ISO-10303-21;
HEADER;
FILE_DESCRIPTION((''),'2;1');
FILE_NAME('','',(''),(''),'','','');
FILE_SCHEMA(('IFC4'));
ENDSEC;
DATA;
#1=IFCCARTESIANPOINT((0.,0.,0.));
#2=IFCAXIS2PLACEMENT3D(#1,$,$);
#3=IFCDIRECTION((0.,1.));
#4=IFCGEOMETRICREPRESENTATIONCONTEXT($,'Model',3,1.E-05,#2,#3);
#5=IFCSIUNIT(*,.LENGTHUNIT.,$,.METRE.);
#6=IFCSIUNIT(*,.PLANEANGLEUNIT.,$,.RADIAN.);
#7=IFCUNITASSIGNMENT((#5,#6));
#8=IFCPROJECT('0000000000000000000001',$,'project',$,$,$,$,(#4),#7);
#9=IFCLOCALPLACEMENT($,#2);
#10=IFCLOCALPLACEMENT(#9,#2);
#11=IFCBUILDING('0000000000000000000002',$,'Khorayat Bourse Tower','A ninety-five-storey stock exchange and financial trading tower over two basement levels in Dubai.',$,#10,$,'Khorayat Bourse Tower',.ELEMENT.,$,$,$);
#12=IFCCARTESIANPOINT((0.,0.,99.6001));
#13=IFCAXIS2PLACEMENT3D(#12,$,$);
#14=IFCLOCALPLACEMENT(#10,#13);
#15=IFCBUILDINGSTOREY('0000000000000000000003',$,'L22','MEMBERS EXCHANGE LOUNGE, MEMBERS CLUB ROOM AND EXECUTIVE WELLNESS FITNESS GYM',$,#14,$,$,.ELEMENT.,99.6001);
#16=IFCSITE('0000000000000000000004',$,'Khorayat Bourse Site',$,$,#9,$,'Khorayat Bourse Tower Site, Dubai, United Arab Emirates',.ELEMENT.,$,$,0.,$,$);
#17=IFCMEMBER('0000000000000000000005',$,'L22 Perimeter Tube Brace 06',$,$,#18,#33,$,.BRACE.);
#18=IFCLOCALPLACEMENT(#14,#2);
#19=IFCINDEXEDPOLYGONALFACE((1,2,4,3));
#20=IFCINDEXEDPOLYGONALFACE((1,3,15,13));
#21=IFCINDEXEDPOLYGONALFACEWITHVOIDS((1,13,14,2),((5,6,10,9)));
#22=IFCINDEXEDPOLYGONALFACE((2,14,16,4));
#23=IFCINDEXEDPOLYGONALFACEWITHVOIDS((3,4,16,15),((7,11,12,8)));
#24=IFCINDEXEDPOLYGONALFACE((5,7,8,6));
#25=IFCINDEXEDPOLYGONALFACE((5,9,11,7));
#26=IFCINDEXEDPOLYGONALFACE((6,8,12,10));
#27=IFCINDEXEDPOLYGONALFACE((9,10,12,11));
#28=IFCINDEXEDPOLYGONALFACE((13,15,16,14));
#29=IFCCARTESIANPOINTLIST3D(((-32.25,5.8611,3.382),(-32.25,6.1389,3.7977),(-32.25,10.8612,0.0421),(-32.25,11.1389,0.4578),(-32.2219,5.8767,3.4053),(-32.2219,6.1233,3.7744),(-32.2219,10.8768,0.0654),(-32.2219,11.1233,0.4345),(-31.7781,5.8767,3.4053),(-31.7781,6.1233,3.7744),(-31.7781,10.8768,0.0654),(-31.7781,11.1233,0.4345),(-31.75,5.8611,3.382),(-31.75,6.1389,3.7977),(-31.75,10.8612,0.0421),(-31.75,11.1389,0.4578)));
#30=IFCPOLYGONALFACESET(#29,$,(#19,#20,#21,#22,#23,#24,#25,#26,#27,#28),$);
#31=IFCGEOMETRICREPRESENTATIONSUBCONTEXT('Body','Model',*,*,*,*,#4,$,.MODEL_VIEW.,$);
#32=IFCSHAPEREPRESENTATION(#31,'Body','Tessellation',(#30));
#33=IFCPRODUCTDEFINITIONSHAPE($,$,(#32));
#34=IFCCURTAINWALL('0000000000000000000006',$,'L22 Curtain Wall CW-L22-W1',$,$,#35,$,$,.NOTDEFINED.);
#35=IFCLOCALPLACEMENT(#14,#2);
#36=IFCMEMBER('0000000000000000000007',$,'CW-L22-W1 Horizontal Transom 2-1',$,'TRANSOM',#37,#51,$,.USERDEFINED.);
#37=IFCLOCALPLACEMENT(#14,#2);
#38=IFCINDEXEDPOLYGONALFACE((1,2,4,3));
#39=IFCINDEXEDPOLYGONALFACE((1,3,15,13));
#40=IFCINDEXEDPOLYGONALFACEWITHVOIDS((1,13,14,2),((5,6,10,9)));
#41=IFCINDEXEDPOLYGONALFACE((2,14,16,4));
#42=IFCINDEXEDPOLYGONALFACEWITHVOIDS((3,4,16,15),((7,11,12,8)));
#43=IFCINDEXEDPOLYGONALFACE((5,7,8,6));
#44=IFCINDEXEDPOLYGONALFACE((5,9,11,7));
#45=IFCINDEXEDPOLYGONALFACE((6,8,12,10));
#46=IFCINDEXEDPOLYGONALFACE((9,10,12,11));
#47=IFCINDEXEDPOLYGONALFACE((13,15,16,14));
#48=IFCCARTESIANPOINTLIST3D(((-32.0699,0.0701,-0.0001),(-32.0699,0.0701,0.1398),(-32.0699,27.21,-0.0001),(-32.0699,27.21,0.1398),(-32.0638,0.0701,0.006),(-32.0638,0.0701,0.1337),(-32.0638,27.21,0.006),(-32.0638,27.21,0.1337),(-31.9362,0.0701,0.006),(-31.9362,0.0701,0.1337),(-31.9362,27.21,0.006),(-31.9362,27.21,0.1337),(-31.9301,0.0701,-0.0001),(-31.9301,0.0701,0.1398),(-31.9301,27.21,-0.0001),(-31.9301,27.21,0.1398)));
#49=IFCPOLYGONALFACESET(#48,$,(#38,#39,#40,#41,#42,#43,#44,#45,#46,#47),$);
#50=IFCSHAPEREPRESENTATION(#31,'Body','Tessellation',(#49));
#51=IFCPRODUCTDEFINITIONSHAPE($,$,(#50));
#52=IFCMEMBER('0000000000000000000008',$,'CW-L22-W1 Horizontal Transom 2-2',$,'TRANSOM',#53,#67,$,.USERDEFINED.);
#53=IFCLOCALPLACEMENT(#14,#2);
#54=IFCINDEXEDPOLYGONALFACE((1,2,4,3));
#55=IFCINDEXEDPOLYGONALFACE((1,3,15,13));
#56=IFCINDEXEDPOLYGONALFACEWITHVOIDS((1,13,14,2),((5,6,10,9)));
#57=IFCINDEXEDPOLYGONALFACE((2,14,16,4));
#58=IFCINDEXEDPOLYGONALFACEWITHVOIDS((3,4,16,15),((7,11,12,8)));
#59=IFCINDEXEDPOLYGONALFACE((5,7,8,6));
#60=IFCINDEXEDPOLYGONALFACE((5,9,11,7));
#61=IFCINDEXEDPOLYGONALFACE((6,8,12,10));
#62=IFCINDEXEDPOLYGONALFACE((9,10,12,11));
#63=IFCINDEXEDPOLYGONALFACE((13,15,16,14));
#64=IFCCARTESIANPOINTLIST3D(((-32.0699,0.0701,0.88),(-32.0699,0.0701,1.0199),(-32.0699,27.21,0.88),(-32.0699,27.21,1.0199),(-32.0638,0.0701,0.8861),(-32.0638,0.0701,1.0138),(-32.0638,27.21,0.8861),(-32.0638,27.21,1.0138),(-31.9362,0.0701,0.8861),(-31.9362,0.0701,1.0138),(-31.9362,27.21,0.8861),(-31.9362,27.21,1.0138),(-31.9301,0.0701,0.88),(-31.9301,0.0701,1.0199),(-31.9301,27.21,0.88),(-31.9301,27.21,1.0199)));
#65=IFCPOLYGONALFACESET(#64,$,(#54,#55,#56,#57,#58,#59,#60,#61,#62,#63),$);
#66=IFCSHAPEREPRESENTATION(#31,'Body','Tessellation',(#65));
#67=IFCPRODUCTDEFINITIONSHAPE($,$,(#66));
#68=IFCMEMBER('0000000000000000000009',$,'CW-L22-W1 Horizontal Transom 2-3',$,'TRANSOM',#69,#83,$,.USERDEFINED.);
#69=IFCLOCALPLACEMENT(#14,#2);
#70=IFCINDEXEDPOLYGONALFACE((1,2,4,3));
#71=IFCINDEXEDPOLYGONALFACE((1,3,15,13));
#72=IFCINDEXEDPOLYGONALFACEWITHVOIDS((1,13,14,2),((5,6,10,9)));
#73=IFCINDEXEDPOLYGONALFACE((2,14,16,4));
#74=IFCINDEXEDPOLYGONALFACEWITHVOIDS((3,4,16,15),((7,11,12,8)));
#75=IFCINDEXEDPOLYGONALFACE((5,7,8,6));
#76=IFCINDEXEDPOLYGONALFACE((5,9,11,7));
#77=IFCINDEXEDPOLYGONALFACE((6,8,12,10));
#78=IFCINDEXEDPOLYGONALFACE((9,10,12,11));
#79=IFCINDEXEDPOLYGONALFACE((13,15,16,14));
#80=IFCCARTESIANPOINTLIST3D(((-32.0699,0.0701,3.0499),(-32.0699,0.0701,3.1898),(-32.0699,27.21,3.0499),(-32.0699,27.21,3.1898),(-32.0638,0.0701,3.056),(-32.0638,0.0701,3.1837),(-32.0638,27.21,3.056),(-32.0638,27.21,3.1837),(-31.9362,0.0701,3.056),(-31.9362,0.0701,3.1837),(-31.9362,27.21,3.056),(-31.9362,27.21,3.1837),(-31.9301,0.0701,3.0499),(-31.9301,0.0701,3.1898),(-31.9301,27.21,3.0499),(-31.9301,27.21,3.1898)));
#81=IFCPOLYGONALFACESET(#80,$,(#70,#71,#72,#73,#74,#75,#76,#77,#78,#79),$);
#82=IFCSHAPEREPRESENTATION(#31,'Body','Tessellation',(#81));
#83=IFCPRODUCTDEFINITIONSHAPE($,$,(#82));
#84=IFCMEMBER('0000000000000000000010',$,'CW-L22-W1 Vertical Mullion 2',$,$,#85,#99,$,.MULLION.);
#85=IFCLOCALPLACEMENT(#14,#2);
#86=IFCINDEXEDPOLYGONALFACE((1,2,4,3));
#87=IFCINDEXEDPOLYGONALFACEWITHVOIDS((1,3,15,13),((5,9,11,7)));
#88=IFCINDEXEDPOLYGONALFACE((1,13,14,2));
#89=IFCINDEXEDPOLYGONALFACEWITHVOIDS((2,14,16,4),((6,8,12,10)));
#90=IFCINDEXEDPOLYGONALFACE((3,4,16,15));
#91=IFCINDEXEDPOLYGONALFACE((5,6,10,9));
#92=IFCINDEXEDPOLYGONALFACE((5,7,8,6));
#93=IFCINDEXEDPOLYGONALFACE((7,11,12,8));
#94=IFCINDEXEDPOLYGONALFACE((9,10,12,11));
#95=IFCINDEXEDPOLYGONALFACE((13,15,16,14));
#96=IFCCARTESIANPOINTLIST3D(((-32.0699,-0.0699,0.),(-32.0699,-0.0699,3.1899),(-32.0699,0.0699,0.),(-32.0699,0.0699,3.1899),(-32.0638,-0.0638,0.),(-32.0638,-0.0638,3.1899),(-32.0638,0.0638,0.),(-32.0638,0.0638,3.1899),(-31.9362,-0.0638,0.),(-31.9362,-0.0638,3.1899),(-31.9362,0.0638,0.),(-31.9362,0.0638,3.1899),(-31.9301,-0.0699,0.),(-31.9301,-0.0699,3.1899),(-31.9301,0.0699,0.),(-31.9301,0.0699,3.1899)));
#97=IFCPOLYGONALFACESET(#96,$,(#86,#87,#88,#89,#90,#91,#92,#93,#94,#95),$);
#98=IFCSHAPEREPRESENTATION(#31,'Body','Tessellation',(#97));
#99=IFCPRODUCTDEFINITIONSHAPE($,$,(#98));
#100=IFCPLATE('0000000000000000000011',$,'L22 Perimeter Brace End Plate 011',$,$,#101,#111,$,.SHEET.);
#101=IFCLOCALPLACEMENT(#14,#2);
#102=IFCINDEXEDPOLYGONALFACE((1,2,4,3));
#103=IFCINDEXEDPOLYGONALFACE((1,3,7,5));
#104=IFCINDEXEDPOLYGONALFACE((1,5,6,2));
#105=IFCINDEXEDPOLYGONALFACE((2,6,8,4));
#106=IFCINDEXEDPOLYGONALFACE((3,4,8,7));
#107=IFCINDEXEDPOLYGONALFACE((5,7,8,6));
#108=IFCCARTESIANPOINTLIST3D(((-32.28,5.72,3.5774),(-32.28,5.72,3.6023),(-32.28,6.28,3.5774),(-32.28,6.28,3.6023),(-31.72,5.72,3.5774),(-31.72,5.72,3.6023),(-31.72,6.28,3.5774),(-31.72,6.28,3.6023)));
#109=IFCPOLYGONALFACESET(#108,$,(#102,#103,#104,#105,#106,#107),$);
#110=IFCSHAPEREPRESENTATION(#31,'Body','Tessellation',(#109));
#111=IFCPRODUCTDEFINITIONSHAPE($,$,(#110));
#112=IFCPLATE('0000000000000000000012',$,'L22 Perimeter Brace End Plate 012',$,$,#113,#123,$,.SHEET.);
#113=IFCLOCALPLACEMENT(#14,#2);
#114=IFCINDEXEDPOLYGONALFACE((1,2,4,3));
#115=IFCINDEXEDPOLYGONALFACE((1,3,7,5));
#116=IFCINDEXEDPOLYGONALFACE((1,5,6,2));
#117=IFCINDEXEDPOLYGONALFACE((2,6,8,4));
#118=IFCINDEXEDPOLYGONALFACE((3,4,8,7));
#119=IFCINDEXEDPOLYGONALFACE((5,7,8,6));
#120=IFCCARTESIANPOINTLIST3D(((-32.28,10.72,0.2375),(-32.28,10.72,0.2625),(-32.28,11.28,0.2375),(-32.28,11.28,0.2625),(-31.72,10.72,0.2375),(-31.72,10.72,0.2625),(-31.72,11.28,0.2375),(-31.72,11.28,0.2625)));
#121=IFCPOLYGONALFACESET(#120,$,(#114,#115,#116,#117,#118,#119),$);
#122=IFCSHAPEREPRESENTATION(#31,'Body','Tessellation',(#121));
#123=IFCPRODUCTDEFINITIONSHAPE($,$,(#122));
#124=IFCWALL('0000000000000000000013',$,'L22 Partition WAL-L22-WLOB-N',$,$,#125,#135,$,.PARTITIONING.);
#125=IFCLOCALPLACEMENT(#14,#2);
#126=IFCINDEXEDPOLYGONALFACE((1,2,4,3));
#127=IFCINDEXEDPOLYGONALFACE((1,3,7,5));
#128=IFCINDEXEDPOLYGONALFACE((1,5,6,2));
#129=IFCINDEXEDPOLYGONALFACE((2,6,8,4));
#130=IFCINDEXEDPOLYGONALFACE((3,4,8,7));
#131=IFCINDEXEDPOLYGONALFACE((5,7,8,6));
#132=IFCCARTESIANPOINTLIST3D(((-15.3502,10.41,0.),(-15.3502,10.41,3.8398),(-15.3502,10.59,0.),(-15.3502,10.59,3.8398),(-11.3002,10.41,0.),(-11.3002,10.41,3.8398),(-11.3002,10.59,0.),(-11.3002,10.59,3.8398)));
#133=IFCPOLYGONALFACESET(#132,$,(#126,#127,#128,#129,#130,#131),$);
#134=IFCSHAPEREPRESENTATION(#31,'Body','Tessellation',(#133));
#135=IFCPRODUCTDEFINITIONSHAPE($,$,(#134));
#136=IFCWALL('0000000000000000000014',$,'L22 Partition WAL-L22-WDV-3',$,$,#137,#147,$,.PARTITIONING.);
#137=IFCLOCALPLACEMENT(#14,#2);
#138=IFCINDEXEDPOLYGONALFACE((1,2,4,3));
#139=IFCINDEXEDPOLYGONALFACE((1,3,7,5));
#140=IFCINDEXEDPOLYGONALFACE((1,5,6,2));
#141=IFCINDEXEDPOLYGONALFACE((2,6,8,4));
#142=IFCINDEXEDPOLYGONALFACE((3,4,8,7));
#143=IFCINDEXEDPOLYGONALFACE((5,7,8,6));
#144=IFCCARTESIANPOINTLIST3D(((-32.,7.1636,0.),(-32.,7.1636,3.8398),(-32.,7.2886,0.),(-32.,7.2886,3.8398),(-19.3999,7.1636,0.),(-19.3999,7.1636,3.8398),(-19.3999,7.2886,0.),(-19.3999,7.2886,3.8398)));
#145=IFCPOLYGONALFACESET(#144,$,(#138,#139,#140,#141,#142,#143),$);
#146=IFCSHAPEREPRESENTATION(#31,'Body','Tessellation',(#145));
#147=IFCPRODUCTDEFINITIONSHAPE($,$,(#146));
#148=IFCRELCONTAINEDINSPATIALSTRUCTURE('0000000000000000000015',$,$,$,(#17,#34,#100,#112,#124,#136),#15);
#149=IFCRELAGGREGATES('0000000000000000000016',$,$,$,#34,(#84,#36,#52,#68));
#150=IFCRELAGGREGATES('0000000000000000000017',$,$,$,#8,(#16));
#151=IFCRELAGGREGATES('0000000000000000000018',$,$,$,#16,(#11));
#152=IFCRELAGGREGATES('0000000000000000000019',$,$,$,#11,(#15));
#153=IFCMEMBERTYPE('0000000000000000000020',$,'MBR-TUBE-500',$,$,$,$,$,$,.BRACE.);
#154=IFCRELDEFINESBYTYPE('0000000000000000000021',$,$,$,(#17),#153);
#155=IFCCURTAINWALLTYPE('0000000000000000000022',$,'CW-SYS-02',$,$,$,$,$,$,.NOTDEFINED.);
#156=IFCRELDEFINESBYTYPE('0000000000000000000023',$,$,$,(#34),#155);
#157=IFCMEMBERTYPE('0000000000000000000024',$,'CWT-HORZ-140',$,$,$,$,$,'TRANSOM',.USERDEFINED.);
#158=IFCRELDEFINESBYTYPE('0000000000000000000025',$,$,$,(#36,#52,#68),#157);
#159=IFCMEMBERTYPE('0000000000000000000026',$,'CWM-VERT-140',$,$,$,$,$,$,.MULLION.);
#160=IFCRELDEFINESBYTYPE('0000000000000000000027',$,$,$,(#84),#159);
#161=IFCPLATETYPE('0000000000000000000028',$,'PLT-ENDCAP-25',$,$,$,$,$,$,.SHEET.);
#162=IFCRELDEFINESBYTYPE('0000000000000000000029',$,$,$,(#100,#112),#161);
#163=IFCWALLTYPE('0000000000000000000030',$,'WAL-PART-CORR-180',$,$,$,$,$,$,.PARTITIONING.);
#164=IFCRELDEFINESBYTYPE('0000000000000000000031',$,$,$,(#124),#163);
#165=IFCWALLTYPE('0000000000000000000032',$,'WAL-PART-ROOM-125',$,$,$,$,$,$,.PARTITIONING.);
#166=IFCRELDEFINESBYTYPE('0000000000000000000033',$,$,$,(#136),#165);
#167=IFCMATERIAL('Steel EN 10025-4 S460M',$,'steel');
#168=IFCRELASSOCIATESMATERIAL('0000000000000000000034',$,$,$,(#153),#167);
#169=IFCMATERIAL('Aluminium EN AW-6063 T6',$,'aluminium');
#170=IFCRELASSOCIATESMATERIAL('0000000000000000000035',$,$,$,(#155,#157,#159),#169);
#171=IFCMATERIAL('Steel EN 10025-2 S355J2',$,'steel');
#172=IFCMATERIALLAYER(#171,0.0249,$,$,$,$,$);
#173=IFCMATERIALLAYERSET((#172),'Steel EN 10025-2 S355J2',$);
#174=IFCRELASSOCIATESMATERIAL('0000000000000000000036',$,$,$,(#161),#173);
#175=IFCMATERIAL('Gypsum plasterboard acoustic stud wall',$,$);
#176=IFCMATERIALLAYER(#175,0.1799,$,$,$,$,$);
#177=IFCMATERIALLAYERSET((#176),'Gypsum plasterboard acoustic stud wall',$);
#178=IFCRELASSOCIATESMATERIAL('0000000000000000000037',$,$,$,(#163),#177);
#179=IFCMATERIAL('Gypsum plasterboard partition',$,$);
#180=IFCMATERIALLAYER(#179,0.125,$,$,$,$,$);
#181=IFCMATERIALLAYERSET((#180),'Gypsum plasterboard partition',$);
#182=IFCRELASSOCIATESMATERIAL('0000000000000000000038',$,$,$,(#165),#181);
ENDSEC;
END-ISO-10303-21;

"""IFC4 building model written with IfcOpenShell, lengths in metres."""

from ifc_helpers import new_model, si_unit, direction, frame, frame_2d, origin, origin_2d, place, context, subcontext, project, spatial, rectangle, hollow_rectangle, extrude, source, transform, mapped, material, layer, layer_set, material_profile, profile_set, type_object, element, aggregate, save


model = new_model("IFC4")

# Units and contexts
model_context = context("Model", 3, precision=1e-05, world=origin(), true_north=direction((0.0, 1.0)))
body_context = subcontext(model_context, "Body", "Model", "MODEL_VIEW")
ifc_project = project(units=[si_unit("LENGTHUNIT", "METRE"), si_unit("PLANEANGLEUNIT", "RADIAN")], contexts=[model_context])

# Site, building, storey
site_placement = place(None, origin())
site = spatial("IfcSite", under=ifc_project, at=site_placement, Name="Khorayat Bourse Site", LongName="Khorayat Bourse Tower Site, Dubai, United Arab Emirates", CompositionType="ELEMENT", RefElevation=0.0)
building_placement = place(site_placement, origin())
building = spatial("IfcBuilding", under=site, at=building_placement, Name="Khorayat Bourse Tower", Description="A ninety-five-storey stock exchange and financial trading tower over two basement levels in Dubai.", LongName="Khorayat Bourse Tower", CompositionType="ELEMENT")
storey_placement = place(building_placement, frame((0.0, 0.0, 99.6001)))
storey = spatial("IfcBuildingStorey", under=building, at=storey_placement, Name="L22", Description="MEMBERS EXCHANGE LOUNGE, MEMBERS CLUB ROOM AND EXECUTIVE WELLNESS FITNESS GYM", CompositionType="ELEMENT", Elevation=99.6001)

# Shared definitions
ifc_material_1 = material(Name="Steel EN 10025-4 S460M", Category="steel")

# Member
ifc_material_profile_1 = material_profile(ifc_material_1, hollow_rectangle(XDim=0.5, YDim=0.5, WallThickness=0.0281, at=origin_2d()), Name="HSS 500x500x28")
ifc_profile_set_1 = profile_set([ifc_material_profile_1], Name="Steel EN 10025-4 S460M")
member_type_1 = type_object("IfcMemberType", Name="MBR-TUBE-500", PredefinedType="BRACE", material=ifc_profile_set_1)
shared_shape_1 = source(origin(), body_context, "Body", "SweptSolid", [
    extrude(hollow_rectangle(XDim=0.5, YDim=0.5, WallThickness=0.0281, at=origin_2d()), origin(), (0.0, 0.0, 1.0), 6.0129),
])
member_1_placement = place(storey_placement, frame((-32.0, 6.0, 3.5898), z_axis=(0.0, 0.83155, -0.55545), x_axis=(-1.0, 0.0, 0.0)))
element("IfcMember", 1, at=member_1_placement, inside=storey, type_object=member_type_1, Name="L22 Perimeter Tube Brace 06", PredefinedType="BRACE", context=body_context, shape_type="MappedRepresentation", body=[
    mapped(shared_shape_1, transform((0.0, 0.0, 0.0), scale=1.0)),
])

# Curtain wall, members
ifc_material_2 = material(Name="Aluminium EN AW-6063 T6", Category="aluminium")
curtain_wall_type = type_object("IfcCurtainWallType", Name="CW-SYS-02", PredefinedType="NOTDEFINED", material=ifc_material_2)
curtain_wall_placement = place(storey_placement, origin())
curtain_wall = element("IfcCurtainWall", 2, at=curtain_wall_placement, inside=storey, type_object=curtain_wall_type, Name="L22 Curtain Wall CW-L22-W1", PredefinedType="NOTDEFINED")
ifc_material_profile_2 = material_profile(ifc_material_2, hollow_rectangle(XDim=0.1399, YDim=0.1399, WallThickness=0.0061, at=origin_2d()), Name="ALU 140x140x6")
ifc_profile_set_2 = profile_set([ifc_material_profile_2], Name="Aluminium EN AW-6063 T6")
member_type_2 = type_object("IfcMemberType", Name="CWT-HORZ-140", ElementType="TRANSOM", PredefinedType="USERDEFINED", material=ifc_profile_set_2)
shared_shape_2 = source(origin(), body_context, "Body", "SweptSolid", [
    extrude(hollow_rectangle(XDim=0.1399, YDim=0.1399, WallThickness=0.0061, at=origin_2d()), origin(), (0.0, 0.0, 1.0), 27.1399),
])
member_2_placement = place(storey_placement, frame((-32.0, 0.0701, 0.0698), z_axis=(0.0, 1.0, 0.0), x_axis=(-1.0, 0.0, 0.0)))
member_2 = element("IfcMember", 3, at=member_2_placement, type_object=member_type_2, Name="CW-L22-W1 Horizontal Transom 2-1", ObjectType="TRANSOM", PredefinedType="USERDEFINED", context=body_context, shape_type="MappedRepresentation", body=[
    mapped(shared_shape_2, transform((0.0, 0.0, 0.0), scale=1.0)),
])
member_3_placement = place(storey_placement, frame((-32.0, 0.0701, 0.95), z_axis=(0.0, 1.0, 0.0), x_axis=(-1.0, 0.0, 0.0)))
member_3 = element("IfcMember", 4, at=member_3_placement, type_object=member_type_2, Name="CW-L22-W1 Horizontal Transom 2-2", ObjectType="TRANSOM", PredefinedType="USERDEFINED", context=body_context, shape_type="MappedRepresentation", body=[
    mapped(shared_shape_2, transform((0.0, 0.0, 0.0), scale=1.0)),
])
member_4_placement = place(storey_placement, frame((-32.0, 0.0701, 3.1199), z_axis=(0.0, 1.0, 0.0), x_axis=(-1.0, 0.0, 0.0)))
member_4 = element("IfcMember", 5, at=member_4_placement, type_object=member_type_2, Name="CW-L22-W1 Horizontal Transom 2-3", ObjectType="TRANSOM", PredefinedType="USERDEFINED", context=body_context, shape_type="MappedRepresentation", body=[
    mapped(shared_shape_2, transform((0.0, 0.0, 0.0), scale=1.0)),
])
ifc_material_profile_3 = material_profile(ifc_material_2, hollow_rectangle(XDim=0.1399, YDim=0.1399, WallThickness=0.0061, at=origin_2d()), Name="ALU 140x140x6")
ifc_profile_set_3 = profile_set([ifc_material_profile_3], Name="Aluminium EN AW-6063 T6")
member_type_3 = type_object("IfcMemberType", Name="CWM-VERT-140", PredefinedType="MULLION", material=ifc_profile_set_3)
shared_shape_3 = source(origin(), body_context, "Body", "SweptSolid", [
    extrude(hollow_rectangle(XDim=0.1399, YDim=0.1399, WallThickness=0.0061, at=origin_2d()), origin(), (0.0, 0.0, 1.0), 3.1899),
])
member_5_placement = place(storey_placement, frame((-32.0, 0.0, 0.0), z_axis=(0.0, 0.0, 1.0), x_axis=(-1.0, 0.0, 0.0)))
member_5 = element("IfcMember", 6, at=member_5_placement, type_object=member_type_3, Name="CW-L22-W1 Vertical Mullion 2", PredefinedType="MULLION", context=body_context, shape_type="MappedRepresentation", body=[
    mapped(shared_shape_3, transform((0.0, 0.0, 0.0), scale=1.0)),
])
aggregate(curtain_wall, [member_5, member_2, member_3, member_4])

# Plates
ifc_material_3 = material(Name="Steel EN 10025-2 S355J2", Category="steel")
ifc_layer_1 = layer(ifc_material_3, 0.0249)
ifc_layer_set_1 = layer_set([ifc_layer_1], Name="Steel EN 10025-2 S355J2")
plate_type = type_object("IfcPlateType", Name="PLT-ENDCAP-25", PredefinedType="SHEET", material=ifc_layer_set_1)
shared_shape_4 = source(origin(), body_context, "Body", "SweptSolid", [
    extrude(rectangle(XDim=0.5601, YDim=0.5601, at=origin_2d()), origin(), (0.0, 0.0, 1.0), 0.0249),
])
for number, where, z_axis, x_axis, name in (
    (7, (-32.0, 6.0, 3.5774), (0.0, 0.0, 1.0), (1.0, 0.0, 0.0), "L22 Perimeter Brace End Plate 011"),
    (8, (-32.0, 11.0, 0.2375), (0.0, 0.0, 1.0), (1.0, 0.0, 0.0), "L22 Perimeter Brace End Plate 012"),
):
    element("IfcPlate", number, at=place(storey_placement, frame(where, z_axis=z_axis, x_axis=x_axis)), inside=storey, type_object=plate_type, Name=name, PredefinedType="SHEET", context=body_context, shape_type="MappedRepresentation", body=[
        mapped(shared_shape_4, transform((0.0, 0.0, 0.0), scale=1.0)),
    ])

# Walls
ifc_material_4 = material(Name="Gypsum plasterboard acoustic stud wall")
ifc_layer_2 = layer(ifc_material_4, 0.1799)
ifc_layer_set_2 = layer_set([ifc_layer_2], Name="Gypsum plasterboard acoustic stud wall")
wall_type_1 = type_object("IfcWallType", Name="WAL-PART-CORR-180", PredefinedType="PARTITIONING", material=ifc_layer_set_2)
shared_shape_5 = source(origin(), body_context, "Body", "SweptSolid", [
    extrude(rectangle(XDim=4.05, YDim=0.1799, at=frame_2d((2.0249, 0.0))), origin(), (0.0, 0.0, 1.0), 3.8398),
])
wall_1_placement = place(storey_placement, frame((-15.3501, 10.5, 0.0), z_axis=(0.0, 0.0, 1.0), x_axis=(1.0, 0.0, 0.0)))
element("IfcWall", 9, at=wall_1_placement, inside=storey, type_object=wall_type_1, Name="L22 Partition WAL-L22-WLOB-N", PredefinedType="PARTITIONING", context=body_context, shape_type="MappedRepresentation", body=[
    mapped(shared_shape_5, transform((0.0, 0.0, 0.0), scale=1.0)),
])
ifc_material_5 = material(Name="Gypsum plasterboard partition")
ifc_layer_3 = layer(ifc_material_5, 0.125)
ifc_layer_set_3 = layer_set([ifc_layer_3], Name="Gypsum plasterboard partition")
wall_type_2 = type_object("IfcWallType", Name="WAL-PART-ROOM-125", PredefinedType="PARTITIONING", material=ifc_layer_set_3)
shared_shape_6 = source(origin(), body_context, "Body", "SweptSolid", [
    extrude(rectangle(XDim=12.6001, YDim=0.125, at=frame_2d((6.3, 0.0))), origin(), (0.0, 0.0, 1.0), 3.8398),
])
wall_2_placement = place(storey_placement, frame((-32.0, 7.2261, 0.0), z_axis=(0.0, 0.0, 1.0), x_axis=(1.0, 0.0, 0.0)))
element("IfcWall", 10, at=wall_2_placement, inside=storey, type_object=wall_type_2, Name="L22 Partition WAL-L22-WDV-3", PredefinedType="PARTITIONING", context=body_context, shape_type="MappedRepresentation", body=[
    mapped(shared_shape_6, transform((0.0, 0.0, 0.0), scale=1.0)),
])

save(model, "model.ifc")
